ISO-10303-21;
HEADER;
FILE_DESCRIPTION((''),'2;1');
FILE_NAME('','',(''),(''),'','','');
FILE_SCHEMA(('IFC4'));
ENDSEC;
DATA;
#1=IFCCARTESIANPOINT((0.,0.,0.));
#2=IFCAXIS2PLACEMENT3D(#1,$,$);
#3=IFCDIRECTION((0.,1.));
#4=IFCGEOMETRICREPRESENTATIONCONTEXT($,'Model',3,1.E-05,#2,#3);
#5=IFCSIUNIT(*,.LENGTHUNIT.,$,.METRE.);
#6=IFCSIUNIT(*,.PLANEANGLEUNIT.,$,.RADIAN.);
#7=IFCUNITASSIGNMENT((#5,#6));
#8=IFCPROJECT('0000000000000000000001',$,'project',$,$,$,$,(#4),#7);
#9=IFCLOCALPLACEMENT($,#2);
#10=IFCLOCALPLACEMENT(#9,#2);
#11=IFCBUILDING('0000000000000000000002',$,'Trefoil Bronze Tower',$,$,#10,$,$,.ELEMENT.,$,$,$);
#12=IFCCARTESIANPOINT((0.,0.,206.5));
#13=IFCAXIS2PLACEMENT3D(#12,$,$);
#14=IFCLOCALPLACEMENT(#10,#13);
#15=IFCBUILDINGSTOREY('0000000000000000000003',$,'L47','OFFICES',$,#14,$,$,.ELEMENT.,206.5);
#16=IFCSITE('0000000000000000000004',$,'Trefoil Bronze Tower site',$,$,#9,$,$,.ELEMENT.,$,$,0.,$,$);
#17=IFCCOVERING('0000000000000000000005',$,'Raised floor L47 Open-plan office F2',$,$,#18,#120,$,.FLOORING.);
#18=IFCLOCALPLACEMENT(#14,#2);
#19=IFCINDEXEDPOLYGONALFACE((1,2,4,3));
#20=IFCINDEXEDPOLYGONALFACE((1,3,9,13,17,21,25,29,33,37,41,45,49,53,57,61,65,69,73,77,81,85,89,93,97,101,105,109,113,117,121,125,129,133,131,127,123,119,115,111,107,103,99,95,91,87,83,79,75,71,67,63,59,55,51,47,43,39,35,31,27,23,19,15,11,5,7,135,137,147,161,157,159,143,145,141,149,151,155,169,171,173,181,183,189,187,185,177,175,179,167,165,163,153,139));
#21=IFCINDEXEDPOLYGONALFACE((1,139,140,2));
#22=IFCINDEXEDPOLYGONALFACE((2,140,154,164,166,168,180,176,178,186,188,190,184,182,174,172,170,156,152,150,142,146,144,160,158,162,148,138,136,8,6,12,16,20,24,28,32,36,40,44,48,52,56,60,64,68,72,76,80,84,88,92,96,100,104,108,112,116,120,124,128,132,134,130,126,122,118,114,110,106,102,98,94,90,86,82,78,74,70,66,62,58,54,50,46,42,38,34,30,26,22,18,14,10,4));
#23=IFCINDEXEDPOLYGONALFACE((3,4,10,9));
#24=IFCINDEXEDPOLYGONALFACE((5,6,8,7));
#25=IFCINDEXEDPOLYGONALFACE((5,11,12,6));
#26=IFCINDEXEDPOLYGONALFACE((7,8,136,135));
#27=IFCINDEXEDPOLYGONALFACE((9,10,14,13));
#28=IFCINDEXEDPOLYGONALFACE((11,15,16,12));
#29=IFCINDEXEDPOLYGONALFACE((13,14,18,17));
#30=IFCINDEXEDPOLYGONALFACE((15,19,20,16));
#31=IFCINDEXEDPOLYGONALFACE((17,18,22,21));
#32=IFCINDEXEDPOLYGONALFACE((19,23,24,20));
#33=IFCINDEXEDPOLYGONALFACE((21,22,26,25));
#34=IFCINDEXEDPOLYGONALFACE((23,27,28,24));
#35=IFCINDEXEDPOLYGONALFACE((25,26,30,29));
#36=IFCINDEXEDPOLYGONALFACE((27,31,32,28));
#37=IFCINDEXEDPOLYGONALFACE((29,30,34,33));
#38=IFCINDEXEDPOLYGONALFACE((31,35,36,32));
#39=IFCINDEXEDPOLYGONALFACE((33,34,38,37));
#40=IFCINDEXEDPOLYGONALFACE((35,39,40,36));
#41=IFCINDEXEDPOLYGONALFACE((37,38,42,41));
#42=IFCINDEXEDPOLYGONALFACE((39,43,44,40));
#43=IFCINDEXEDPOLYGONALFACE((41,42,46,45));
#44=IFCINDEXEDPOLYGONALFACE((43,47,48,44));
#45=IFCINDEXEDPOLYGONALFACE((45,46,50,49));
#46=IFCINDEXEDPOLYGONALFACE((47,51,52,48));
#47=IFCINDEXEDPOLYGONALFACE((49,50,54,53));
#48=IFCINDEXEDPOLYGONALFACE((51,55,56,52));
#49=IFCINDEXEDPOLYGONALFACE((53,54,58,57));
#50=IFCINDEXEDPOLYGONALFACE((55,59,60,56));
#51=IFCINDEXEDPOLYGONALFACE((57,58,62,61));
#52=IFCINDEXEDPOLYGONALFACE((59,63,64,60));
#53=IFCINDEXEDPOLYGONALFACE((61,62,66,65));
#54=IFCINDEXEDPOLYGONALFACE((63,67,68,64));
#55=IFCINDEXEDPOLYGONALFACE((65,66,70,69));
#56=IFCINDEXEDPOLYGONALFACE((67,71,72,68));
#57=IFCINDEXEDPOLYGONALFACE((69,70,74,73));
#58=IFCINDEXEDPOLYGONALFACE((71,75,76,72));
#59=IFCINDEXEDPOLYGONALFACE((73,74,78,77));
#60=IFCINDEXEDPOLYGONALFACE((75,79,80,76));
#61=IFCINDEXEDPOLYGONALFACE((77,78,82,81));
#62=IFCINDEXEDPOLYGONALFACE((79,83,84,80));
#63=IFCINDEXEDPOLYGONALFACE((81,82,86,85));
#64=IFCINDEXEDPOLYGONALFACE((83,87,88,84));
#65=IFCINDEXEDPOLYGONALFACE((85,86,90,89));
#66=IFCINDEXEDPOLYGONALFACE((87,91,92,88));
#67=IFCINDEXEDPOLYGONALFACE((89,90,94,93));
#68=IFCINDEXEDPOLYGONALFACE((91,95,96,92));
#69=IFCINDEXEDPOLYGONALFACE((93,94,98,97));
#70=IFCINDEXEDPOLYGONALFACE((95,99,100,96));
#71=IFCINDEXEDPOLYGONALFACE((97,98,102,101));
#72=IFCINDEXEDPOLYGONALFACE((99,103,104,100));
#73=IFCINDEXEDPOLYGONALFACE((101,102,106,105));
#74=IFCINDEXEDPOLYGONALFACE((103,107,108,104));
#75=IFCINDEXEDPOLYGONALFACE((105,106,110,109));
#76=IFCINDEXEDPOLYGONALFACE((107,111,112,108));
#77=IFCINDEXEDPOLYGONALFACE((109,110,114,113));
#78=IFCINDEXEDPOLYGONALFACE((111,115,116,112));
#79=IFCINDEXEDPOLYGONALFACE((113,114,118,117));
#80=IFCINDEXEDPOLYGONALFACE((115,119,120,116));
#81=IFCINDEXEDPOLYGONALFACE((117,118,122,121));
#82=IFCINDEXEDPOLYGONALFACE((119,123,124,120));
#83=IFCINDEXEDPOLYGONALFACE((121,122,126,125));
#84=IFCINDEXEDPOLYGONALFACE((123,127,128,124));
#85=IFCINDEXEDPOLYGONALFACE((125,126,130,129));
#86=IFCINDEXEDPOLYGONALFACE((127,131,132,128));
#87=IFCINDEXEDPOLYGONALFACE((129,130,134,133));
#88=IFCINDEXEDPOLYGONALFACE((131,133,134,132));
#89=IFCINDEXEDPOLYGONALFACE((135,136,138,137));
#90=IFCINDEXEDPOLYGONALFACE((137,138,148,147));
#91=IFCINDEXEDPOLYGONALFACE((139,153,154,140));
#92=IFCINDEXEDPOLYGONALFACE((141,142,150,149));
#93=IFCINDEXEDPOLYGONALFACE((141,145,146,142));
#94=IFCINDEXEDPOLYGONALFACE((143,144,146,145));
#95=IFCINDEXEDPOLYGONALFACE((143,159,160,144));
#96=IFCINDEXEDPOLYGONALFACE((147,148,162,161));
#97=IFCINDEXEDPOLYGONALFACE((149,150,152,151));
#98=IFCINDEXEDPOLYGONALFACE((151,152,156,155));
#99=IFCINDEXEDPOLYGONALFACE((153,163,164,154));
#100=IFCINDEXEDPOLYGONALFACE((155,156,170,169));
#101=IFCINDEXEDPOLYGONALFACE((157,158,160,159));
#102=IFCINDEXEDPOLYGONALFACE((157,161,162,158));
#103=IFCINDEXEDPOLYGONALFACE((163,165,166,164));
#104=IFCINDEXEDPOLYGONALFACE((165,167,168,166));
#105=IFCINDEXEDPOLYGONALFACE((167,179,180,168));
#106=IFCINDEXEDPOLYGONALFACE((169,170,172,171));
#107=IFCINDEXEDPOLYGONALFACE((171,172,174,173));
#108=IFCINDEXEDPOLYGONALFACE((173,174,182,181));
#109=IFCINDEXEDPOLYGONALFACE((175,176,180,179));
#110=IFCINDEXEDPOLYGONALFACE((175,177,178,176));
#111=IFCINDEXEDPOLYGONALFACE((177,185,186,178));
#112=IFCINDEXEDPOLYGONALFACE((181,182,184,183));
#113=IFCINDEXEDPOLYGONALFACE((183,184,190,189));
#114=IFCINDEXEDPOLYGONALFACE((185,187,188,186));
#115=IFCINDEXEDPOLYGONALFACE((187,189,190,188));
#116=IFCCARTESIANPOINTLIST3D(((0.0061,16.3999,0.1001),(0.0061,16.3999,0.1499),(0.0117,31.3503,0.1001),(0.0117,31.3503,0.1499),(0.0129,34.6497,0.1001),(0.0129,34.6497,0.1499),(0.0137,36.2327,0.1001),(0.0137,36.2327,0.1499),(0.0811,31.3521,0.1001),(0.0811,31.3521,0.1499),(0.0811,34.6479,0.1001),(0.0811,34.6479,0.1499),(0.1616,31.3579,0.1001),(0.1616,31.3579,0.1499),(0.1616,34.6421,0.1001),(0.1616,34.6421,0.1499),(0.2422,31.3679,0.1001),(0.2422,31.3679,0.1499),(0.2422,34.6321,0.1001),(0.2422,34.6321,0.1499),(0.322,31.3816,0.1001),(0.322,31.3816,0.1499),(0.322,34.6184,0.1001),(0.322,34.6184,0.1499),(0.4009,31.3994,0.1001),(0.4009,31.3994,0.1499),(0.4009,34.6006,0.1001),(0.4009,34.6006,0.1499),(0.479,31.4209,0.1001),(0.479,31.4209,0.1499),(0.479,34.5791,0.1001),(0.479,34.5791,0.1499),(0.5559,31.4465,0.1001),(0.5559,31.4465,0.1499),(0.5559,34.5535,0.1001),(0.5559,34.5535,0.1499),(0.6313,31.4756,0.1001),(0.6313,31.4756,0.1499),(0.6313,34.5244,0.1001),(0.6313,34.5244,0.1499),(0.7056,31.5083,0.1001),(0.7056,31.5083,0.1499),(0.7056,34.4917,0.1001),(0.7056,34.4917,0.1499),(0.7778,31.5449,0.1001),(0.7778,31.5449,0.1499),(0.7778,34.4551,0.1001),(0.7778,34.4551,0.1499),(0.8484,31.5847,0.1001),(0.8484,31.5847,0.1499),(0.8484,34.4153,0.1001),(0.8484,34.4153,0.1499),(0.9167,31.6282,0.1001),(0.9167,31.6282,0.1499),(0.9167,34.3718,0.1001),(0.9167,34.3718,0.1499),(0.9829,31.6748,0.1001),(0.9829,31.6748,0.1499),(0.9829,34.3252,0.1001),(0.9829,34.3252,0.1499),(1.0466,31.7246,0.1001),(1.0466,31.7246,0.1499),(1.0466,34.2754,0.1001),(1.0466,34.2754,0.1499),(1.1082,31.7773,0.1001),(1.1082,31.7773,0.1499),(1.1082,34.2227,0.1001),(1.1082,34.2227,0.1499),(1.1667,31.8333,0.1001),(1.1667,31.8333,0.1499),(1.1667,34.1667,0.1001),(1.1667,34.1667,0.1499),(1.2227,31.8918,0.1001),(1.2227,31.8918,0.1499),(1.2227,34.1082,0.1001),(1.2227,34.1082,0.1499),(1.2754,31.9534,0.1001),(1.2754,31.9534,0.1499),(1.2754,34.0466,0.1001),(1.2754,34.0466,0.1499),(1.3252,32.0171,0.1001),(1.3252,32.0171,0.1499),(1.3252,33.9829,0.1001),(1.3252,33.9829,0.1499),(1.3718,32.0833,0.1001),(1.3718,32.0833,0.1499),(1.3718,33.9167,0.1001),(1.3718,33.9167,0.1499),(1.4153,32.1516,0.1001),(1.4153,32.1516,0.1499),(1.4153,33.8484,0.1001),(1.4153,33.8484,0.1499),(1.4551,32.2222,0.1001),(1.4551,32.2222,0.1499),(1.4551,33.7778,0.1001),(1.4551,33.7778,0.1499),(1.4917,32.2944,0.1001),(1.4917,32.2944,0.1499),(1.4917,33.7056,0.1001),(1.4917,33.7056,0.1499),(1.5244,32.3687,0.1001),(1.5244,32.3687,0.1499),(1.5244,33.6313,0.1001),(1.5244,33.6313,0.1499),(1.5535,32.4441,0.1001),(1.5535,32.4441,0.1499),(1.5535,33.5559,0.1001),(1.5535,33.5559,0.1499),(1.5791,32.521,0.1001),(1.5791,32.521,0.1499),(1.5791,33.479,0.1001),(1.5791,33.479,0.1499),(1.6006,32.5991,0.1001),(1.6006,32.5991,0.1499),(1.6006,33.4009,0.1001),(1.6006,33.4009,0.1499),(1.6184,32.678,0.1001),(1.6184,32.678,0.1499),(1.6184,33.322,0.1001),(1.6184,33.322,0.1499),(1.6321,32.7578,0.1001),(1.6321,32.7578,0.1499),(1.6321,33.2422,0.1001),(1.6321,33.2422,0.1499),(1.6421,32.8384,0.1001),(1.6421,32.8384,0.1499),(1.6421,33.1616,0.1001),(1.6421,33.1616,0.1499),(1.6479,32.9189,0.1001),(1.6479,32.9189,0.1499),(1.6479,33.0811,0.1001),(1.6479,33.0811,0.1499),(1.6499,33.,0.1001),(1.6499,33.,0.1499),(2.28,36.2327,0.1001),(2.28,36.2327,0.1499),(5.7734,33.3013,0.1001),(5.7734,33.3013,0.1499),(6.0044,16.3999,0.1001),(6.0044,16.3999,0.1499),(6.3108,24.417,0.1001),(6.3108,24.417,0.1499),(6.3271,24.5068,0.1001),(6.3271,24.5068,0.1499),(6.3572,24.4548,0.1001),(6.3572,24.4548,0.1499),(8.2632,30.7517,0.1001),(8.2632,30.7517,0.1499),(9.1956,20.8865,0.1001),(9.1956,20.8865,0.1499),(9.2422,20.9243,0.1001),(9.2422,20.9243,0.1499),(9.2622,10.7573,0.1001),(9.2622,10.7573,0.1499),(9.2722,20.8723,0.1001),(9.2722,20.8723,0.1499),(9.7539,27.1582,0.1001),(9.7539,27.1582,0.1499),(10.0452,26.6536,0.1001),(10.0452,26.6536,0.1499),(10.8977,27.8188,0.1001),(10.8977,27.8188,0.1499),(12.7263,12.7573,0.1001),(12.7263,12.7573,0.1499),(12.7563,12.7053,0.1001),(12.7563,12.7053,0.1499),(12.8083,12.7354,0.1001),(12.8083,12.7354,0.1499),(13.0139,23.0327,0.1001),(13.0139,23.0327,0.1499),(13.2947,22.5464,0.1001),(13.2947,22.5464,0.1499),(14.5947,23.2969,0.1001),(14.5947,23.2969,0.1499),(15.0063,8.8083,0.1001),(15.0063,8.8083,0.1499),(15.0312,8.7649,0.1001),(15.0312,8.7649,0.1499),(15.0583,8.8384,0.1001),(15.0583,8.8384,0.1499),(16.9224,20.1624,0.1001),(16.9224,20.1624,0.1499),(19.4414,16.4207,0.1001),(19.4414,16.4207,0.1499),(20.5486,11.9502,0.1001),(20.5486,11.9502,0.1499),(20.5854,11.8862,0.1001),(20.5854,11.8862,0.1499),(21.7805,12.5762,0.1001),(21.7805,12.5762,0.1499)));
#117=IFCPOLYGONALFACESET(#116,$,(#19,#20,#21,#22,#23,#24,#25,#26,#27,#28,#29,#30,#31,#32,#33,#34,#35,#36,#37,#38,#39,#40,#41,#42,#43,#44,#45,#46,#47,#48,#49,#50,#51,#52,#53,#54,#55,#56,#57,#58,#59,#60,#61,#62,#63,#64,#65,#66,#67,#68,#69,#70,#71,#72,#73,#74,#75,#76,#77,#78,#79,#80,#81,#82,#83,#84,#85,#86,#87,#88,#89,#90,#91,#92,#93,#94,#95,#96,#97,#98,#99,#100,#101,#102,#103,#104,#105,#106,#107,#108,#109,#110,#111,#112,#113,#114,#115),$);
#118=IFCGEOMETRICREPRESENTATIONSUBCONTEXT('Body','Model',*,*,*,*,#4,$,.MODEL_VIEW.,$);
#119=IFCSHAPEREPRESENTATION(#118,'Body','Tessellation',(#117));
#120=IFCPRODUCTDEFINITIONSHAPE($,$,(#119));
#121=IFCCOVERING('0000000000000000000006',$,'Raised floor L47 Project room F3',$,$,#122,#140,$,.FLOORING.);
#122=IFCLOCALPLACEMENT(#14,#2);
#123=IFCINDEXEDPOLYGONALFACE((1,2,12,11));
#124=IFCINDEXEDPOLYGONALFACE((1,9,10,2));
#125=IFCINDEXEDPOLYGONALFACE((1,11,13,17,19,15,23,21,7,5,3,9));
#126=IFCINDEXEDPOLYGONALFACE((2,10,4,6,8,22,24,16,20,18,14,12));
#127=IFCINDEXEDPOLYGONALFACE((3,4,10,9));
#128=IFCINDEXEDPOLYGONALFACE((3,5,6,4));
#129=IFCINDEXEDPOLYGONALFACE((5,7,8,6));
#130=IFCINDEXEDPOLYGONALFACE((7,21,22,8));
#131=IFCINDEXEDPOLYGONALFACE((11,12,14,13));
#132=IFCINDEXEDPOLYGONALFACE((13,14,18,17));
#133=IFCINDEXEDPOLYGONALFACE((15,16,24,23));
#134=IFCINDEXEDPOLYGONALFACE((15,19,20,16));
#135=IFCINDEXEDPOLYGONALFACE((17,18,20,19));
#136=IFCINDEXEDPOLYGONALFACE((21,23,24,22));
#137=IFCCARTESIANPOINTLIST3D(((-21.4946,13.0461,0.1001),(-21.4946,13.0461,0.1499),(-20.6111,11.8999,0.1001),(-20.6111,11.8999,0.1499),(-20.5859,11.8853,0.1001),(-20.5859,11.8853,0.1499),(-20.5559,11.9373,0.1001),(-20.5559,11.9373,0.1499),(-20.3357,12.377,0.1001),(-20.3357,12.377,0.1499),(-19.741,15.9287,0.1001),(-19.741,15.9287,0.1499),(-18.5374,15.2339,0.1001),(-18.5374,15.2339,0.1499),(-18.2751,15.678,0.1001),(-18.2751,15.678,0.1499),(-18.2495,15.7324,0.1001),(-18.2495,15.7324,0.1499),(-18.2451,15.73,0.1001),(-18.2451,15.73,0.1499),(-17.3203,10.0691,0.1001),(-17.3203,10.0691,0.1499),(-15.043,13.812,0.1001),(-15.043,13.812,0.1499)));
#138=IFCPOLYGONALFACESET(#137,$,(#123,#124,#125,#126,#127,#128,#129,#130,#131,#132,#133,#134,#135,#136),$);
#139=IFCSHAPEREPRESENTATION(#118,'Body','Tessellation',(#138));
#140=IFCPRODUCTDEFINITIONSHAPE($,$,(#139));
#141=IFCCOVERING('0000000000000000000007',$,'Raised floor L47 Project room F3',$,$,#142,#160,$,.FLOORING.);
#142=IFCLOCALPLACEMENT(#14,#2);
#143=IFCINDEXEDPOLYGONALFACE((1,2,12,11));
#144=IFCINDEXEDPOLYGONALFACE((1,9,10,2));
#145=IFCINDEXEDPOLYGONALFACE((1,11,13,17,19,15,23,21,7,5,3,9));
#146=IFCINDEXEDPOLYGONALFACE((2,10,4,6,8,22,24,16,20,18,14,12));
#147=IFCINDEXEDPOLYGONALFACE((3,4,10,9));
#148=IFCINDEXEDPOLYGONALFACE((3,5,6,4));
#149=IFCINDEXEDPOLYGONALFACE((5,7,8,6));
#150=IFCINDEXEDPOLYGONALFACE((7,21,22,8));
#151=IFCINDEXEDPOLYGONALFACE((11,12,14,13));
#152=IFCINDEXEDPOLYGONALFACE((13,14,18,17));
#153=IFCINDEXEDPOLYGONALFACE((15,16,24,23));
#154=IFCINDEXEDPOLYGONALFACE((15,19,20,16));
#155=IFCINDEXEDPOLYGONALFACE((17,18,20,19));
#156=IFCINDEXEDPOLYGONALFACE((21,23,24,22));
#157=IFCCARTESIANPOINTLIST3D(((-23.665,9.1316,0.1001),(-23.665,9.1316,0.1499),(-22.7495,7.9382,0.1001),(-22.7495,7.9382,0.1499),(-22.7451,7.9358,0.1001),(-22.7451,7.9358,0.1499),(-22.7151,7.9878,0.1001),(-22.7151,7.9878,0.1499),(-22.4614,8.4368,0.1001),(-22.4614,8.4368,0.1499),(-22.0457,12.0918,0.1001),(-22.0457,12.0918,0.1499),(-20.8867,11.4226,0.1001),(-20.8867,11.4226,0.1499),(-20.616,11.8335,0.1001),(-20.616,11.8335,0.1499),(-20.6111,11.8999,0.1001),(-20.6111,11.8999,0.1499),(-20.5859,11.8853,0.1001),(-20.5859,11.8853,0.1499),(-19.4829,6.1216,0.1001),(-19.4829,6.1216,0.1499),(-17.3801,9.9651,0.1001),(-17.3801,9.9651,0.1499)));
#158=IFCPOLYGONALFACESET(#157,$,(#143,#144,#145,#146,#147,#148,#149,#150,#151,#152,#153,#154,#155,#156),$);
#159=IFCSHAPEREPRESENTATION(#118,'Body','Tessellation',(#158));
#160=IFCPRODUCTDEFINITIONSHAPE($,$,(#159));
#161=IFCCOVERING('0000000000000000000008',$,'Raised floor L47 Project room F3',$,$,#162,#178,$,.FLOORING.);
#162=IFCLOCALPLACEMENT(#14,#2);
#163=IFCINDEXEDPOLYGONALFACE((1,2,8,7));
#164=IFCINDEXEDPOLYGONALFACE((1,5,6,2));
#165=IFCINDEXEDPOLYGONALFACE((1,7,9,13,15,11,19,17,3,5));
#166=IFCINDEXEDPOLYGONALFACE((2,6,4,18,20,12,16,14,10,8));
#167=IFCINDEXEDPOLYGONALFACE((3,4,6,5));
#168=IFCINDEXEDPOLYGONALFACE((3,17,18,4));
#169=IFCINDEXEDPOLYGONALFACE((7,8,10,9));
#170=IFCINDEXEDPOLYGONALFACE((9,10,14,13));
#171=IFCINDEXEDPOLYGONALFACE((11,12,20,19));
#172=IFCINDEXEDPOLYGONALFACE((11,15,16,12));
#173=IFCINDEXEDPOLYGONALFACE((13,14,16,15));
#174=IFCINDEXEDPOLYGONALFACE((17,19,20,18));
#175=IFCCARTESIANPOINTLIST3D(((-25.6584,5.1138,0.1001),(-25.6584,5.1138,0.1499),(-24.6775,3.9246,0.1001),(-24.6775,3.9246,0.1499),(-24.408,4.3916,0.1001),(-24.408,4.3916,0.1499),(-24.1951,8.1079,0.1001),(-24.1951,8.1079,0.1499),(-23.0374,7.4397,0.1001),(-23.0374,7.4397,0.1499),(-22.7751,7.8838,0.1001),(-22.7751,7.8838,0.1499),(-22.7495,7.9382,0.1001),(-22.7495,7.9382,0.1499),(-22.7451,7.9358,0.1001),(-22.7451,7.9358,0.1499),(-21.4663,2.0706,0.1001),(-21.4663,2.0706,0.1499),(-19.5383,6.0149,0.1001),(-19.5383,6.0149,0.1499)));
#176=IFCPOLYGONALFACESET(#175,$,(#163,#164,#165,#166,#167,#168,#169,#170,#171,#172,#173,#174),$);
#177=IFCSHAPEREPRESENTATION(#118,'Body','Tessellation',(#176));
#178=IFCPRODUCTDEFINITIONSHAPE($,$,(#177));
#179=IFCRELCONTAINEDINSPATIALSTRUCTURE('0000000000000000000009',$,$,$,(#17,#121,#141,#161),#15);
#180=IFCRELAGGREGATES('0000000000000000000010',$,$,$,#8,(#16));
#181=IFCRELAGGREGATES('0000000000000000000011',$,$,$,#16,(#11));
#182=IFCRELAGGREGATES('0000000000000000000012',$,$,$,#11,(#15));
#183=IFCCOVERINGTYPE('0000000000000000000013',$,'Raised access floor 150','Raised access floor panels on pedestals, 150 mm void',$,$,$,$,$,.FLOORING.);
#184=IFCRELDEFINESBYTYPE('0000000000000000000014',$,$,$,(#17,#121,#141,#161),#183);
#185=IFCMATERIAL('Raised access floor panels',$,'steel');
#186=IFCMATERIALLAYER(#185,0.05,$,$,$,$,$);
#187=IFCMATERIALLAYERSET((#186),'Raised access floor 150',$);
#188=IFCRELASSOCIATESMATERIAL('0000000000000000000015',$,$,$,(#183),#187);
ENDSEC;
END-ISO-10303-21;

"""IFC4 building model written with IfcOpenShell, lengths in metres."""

from ifc_helpers import new_model, si_unit, direction, frame, origin, place, context, subcontext, project, spatial, polyline, outline, extrude, material, layer, layer_set, type_object, element, save


model = new_model("IFC4")

# Units and contexts
model_context = context("Model", 3, precision=1e-05, world=origin(), true_north=direction((0.0, 1.0)))
body_context = subcontext(model_context, "Body", "Model", "MODEL_VIEW")
ifc_project = project(units=[si_unit("LENGTHUNIT", "METRE"), si_unit("PLANEANGLEUNIT", "RADIAN")], contexts=[model_context])

# Site, building, storey
site_placement = place(None, origin())
site = spatial("IfcSite", under=ifc_project, at=site_placement, Name="Trefoil Bronze Tower site", CompositionType="ELEMENT", RefElevation=0.0)
building_placement = place(site_placement, origin())
building = spatial("IfcBuilding", under=site, at=building_placement, Name="Trefoil Bronze Tower", CompositionType="ELEMENT")
storey_placement = place(building_placement, frame((0.0, 0.0, 206.5)))
storey = spatial("IfcBuildingStorey", under=building, at=storey_placement, Name="L47", Description="OFFICES", CompositionType="ELEMENT", Elevation=206.5)

# Coverings
ifc_material_1 = material(Name="Raised access floor panels", Category="steel")
ifc_layer_1 = layer(ifc_material_1, 0.05)
ifc_layer_set_1 = layer_set([ifc_layer_1], Name="Raised access floor 150")
covering_type_1 = type_object("IfcCoveringType", Name="Raised access floor 150", Description="Raised access floor panels on pedestals, 150 mm void", PredefinedType="FLOORING", material=ifc_layer_set_1)
covering_1_placement = place(storey_placement, frame((0.0, 0.0, 0.1001)))
element("IfcCovering", 1, at=covering_1_placement, inside=storey, type_object=covering_type_1, Name="Raised floor L47 Open-plan office F2", PredefinedType="FLOORING", context=body_context, shape_type="SweptSolid", body=[
    extrude(outline(polyline([(0.0137, 36.2327), (2.28, 36.2327), (5.7734, 33.3013), (8.2632, 30.7517), (10.8977, 27.8188), (9.7539, 27.1582), (10.0452, 26.6536), (6.3271, 24.5068), (6.3572, 24.4548), (6.3108, 24.417), (9.1956, 20.8865), (9.2422, 20.9243), (9.2722, 20.8723), (13.0139, 23.0327), (13.2947, 22.5464), (14.5947, 23.2969), (16.9224, 20.1624), (19.4414, 16.4207), (21.7805, 12.5762), (20.5854, 11.8862), (20.5486, 11.9502), (15.0312, 8.7649), (15.0063, 8.8083), (15.0583, 8.8384), (12.8083, 12.7354), (12.7563, 12.7053), (12.7263, 12.7573), (9.2622, 10.7573), (6.0044, 16.3999), (0.0061, 16.3999), (0.0117, 31.3503), (0.0811, 31.3521), (0.1616, 31.3579), (0.2422, 31.3679), (0.322, 31.3816), (0.4009, 31.3994), (0.479, 31.4209), (0.5559, 31.4465), (0.6313, 31.4756), (0.7056, 31.5083), (0.7778, 31.5449), (0.8484, 31.5847), (0.9167, 31.6282), (0.9829, 31.6748), (1.0466, 31.7246), (1.1082, 31.7773), (1.1667, 31.8333), (1.2227, 31.8918), (1.2754, 31.9534), (1.3252, 32.0171), (1.3718, 32.0833), (1.4153, 32.1516), (1.4551, 32.2222), (1.4917, 32.2944), (1.5244, 32.3687), (1.5535, 32.4441), (1.5791, 32.521), (1.6006, 32.5991), (1.6184, 32.678), (1.6321, 32.7578), (1.6421, 32.8384), (1.6479, 32.9189), (1.6499, 33.0), (1.6479, 33.0811), (1.6421, 33.1616), (1.6321, 33.2422), (1.6184, 33.322), (1.6006, 33.4009), (1.5791, 33.479), (1.5535, 33.5559), (1.5244, 33.6313), (1.4917, 33.7056), (1.4551, 33.7778), (1.4153, 33.8484), (1.3718, 33.9167), (1.3252, 33.9829), (1.2754, 34.0466), (1.2227, 34.1082), (1.1667, 34.1667), (1.1082, 34.2227), (1.0466, 34.2754), (0.9829, 34.3252), (0.9167, 34.3718), (0.8484, 34.4153), (0.7778, 34.4551), (0.7056, 34.4917), (0.6313, 34.5244), (0.5559, 34.5535), (0.479, 34.5791), (0.4009, 34.6006), (0.322, 34.6184), (0.2422, 34.6321), (0.1616, 34.6421), (0.0811, 34.6479), (0.0129, 34.6497), (0.0137, 36.2327)])), origin(), (0.0, 0.0, 1.0), 0.0498),
])
covering_2_placement = place(storey_placement, frame((0.0, 0.0, 0.1001)))
element("IfcCovering", 2, at=covering_2_placement, inside=storey, type_object=covering_type_1, Name="Raised floor L47 Project room F3", PredefinedType="FLOORING", context=body_context, shape_type="SweptSolid", body=[
    extrude(outline(polyline([(-18.2451, 15.73), (-18.2751, 15.678), (-15.043, 13.812), (-17.3203, 10.0691), (-20.5559, 11.9373), (-20.5859, 11.8853), (-20.6111, 11.8999), (-20.3357, 12.377), (-21.4946, 13.0461), (-19.741, 15.9287), (-18.5374, 15.2339), (-18.2495, 15.7324), (-18.2451, 15.73)])), origin(), (0.0, 0.0, 1.0), 0.0498),
])
covering_3_placement = place(storey_placement, frame((0.0, 0.0, 0.1001)))
element("IfcCovering", 3, at=covering_3_placement, inside=storey, type_object=covering_type_1, Name="Raised floor L47 Project room F3", PredefinedType="FLOORING", context=body_context, shape_type="SweptSolid", body=[
    extrude(outline(polyline([(-20.5859, 11.8853), (-20.616, 11.8335), (-17.3801, 9.9651), (-19.4829, 6.1216), (-22.7151, 7.9878), (-22.7451, 7.9358), (-22.7495, 7.9382), (-22.4614, 8.4368), (-23.665, 9.1316), (-22.0457, 12.0918), (-20.8867, 11.4226), (-20.6111, 11.8999), (-20.5859, 11.8853)])), origin(), (0.0, 0.0, 1.0), 0.0498),
])
covering_4_placement = place(storey_placement, frame((0.0, 0.0, 0.1001)))
element("IfcCovering", 4, at=covering_4_placement, inside=storey, type_object=covering_type_1, Name="Raised floor L47 Project room F3", PredefinedType="FLOORING", context=body_context, shape_type="SweptSolid", body=[
    extrude(outline(polyline([(-22.7451, 7.9358), (-22.7751, 7.8838), (-19.5383, 6.0149), (-21.4663, 2.0706), (-24.6775, 3.9246), (-24.408, 4.3916), (-25.6584, 5.1138), (-24.1951, 8.1079), (-23.0374, 7.4397), (-22.7495, 7.9382), (-22.7451, 7.9358)])), origin(), (0.0, 0.0, 1.0), 0.0498),
])

save(model, "model.ifc")
